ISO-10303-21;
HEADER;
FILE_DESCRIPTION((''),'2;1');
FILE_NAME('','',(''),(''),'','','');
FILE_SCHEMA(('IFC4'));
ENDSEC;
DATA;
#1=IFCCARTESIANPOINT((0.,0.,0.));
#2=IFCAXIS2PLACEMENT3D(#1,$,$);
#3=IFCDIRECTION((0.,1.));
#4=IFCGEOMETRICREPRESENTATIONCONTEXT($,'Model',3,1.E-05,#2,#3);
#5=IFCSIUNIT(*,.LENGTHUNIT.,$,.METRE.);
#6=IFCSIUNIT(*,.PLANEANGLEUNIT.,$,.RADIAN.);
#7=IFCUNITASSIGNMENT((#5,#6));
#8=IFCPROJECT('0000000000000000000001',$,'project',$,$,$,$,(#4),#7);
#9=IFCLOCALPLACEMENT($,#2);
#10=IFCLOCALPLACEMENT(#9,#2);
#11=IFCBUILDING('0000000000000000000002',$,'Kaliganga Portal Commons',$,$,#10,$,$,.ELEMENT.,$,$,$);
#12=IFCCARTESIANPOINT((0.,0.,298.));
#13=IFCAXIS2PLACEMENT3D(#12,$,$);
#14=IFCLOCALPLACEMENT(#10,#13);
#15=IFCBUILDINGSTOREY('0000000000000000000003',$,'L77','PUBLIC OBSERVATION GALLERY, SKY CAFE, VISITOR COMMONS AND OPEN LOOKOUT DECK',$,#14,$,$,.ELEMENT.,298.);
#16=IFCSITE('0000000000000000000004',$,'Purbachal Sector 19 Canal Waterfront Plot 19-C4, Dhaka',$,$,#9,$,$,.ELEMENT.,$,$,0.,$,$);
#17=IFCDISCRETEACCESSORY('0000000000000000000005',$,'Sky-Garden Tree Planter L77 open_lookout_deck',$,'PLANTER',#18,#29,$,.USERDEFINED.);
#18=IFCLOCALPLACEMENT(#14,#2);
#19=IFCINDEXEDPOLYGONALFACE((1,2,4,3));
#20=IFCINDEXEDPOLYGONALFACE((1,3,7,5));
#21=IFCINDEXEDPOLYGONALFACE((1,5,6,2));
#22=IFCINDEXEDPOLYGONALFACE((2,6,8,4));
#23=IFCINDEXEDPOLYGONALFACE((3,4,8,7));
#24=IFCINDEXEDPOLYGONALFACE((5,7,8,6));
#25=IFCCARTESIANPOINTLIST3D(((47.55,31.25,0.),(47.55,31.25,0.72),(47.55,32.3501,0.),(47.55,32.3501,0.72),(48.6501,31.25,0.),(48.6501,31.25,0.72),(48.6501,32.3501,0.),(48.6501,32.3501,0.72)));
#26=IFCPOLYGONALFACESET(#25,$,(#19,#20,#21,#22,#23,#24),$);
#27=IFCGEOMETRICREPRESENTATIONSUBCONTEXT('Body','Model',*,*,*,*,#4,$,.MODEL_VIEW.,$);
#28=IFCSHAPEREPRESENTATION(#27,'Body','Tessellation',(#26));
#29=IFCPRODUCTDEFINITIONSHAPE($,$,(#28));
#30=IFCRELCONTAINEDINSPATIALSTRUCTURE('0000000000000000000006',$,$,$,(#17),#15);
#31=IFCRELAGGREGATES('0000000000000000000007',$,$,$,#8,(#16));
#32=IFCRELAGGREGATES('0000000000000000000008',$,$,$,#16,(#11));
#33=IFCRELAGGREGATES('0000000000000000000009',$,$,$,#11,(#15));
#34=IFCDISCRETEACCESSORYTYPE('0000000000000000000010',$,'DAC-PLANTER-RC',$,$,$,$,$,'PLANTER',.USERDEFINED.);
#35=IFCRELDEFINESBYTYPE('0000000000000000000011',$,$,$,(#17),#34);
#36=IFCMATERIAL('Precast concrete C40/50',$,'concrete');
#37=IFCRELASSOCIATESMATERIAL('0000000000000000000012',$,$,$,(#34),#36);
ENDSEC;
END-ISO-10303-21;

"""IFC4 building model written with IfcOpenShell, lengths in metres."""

from ifc_helpers import new_model, si_unit, direction, frame, origin, origin_2d, place, context, subcontext, project, spatial, rectangle, extrude, source, transform, mapped, material, type_object, element, save


model = new_model("IFC4")

# Units and contexts
model_context = context("Model", 3, precision=1e-05, world=origin(), true_north=direction((0.0, 1.0)))
body_context = subcontext(model_context, "Body", "Model", "MODEL_VIEW")
ifc_project = project(units=[si_unit("LENGTHUNIT", "METRE"), si_unit("PLANEANGLEUNIT", "RADIAN")], contexts=[model_context])

# Site, building, storey
site_placement = place(None, origin())
site = spatial("IfcSite", under=ifc_project, at=site_placement, Name="Purbachal Sector 19 Canal Waterfront Plot 19-C4, Dhaka", CompositionType="ELEMENT", RefElevation=0.0)
building_placement = place(site_placement, origin())
building = spatial("IfcBuilding", under=site, at=building_placement, Name="Kaliganga Portal Commons", CompositionType="ELEMENT")
storey_placement = place(building_placement, frame((0.0, 0.0, 298.0)))
storey = spatial("IfcBuildingStorey", under=building, at=storey_placement, Name="L77", Description="PUBLIC OBSERVATION GALLERY, SKY CAFE, VISITOR COMMONS AND OPEN LOOKOUT DECK", CompositionType="ELEMENT", Elevation=298.0)

# Discrete accessory
ifc_material_1 = material(Name="Precast concrete C40/50", Category="concrete")
discrete_accessory_type = type_object("IfcDiscreteAccessoryType", Name="DAC-PLANTER-RC", ElementType="PLANTER", PredefinedType="USERDEFINED", material=ifc_material_1)
shared_shape_1 = source(origin(), body_context, "Body", "SweptSolid", [
    extrude(rectangle(XDim=1.1001, YDim=1.1001, at=origin_2d()), origin(), (0.0, 0.0, 1.0), 0.72),
])
discrete_accessory_placement = place(storey_placement, frame((48.1001, 31.8, 0.0), z_axis=(0.0, 0.0, 1.0), x_axis=(1.0, 0.0, 0.0)))
element("IfcDiscreteAccessory", 1, at=discrete_accessory_placement, inside=storey, type_object=discrete_accessory_type, Name="Sky-Garden Tree Planter L77 open_lookout_deck", ObjectType="PLANTER", PredefinedType="USERDEFINED", context=body_context, shape_type="MappedRepresentation", body=[
    mapped(shared_shape_1, transform((0.0, 0.0, 0.0), x_axis=(1.0, 0.0, 0.0), y_axis=(0.0, 1.0, 0.0), z_axis=(0.0, 0.0, 1.0), scale=1.0)),
])

save(model, "model.ifc")
